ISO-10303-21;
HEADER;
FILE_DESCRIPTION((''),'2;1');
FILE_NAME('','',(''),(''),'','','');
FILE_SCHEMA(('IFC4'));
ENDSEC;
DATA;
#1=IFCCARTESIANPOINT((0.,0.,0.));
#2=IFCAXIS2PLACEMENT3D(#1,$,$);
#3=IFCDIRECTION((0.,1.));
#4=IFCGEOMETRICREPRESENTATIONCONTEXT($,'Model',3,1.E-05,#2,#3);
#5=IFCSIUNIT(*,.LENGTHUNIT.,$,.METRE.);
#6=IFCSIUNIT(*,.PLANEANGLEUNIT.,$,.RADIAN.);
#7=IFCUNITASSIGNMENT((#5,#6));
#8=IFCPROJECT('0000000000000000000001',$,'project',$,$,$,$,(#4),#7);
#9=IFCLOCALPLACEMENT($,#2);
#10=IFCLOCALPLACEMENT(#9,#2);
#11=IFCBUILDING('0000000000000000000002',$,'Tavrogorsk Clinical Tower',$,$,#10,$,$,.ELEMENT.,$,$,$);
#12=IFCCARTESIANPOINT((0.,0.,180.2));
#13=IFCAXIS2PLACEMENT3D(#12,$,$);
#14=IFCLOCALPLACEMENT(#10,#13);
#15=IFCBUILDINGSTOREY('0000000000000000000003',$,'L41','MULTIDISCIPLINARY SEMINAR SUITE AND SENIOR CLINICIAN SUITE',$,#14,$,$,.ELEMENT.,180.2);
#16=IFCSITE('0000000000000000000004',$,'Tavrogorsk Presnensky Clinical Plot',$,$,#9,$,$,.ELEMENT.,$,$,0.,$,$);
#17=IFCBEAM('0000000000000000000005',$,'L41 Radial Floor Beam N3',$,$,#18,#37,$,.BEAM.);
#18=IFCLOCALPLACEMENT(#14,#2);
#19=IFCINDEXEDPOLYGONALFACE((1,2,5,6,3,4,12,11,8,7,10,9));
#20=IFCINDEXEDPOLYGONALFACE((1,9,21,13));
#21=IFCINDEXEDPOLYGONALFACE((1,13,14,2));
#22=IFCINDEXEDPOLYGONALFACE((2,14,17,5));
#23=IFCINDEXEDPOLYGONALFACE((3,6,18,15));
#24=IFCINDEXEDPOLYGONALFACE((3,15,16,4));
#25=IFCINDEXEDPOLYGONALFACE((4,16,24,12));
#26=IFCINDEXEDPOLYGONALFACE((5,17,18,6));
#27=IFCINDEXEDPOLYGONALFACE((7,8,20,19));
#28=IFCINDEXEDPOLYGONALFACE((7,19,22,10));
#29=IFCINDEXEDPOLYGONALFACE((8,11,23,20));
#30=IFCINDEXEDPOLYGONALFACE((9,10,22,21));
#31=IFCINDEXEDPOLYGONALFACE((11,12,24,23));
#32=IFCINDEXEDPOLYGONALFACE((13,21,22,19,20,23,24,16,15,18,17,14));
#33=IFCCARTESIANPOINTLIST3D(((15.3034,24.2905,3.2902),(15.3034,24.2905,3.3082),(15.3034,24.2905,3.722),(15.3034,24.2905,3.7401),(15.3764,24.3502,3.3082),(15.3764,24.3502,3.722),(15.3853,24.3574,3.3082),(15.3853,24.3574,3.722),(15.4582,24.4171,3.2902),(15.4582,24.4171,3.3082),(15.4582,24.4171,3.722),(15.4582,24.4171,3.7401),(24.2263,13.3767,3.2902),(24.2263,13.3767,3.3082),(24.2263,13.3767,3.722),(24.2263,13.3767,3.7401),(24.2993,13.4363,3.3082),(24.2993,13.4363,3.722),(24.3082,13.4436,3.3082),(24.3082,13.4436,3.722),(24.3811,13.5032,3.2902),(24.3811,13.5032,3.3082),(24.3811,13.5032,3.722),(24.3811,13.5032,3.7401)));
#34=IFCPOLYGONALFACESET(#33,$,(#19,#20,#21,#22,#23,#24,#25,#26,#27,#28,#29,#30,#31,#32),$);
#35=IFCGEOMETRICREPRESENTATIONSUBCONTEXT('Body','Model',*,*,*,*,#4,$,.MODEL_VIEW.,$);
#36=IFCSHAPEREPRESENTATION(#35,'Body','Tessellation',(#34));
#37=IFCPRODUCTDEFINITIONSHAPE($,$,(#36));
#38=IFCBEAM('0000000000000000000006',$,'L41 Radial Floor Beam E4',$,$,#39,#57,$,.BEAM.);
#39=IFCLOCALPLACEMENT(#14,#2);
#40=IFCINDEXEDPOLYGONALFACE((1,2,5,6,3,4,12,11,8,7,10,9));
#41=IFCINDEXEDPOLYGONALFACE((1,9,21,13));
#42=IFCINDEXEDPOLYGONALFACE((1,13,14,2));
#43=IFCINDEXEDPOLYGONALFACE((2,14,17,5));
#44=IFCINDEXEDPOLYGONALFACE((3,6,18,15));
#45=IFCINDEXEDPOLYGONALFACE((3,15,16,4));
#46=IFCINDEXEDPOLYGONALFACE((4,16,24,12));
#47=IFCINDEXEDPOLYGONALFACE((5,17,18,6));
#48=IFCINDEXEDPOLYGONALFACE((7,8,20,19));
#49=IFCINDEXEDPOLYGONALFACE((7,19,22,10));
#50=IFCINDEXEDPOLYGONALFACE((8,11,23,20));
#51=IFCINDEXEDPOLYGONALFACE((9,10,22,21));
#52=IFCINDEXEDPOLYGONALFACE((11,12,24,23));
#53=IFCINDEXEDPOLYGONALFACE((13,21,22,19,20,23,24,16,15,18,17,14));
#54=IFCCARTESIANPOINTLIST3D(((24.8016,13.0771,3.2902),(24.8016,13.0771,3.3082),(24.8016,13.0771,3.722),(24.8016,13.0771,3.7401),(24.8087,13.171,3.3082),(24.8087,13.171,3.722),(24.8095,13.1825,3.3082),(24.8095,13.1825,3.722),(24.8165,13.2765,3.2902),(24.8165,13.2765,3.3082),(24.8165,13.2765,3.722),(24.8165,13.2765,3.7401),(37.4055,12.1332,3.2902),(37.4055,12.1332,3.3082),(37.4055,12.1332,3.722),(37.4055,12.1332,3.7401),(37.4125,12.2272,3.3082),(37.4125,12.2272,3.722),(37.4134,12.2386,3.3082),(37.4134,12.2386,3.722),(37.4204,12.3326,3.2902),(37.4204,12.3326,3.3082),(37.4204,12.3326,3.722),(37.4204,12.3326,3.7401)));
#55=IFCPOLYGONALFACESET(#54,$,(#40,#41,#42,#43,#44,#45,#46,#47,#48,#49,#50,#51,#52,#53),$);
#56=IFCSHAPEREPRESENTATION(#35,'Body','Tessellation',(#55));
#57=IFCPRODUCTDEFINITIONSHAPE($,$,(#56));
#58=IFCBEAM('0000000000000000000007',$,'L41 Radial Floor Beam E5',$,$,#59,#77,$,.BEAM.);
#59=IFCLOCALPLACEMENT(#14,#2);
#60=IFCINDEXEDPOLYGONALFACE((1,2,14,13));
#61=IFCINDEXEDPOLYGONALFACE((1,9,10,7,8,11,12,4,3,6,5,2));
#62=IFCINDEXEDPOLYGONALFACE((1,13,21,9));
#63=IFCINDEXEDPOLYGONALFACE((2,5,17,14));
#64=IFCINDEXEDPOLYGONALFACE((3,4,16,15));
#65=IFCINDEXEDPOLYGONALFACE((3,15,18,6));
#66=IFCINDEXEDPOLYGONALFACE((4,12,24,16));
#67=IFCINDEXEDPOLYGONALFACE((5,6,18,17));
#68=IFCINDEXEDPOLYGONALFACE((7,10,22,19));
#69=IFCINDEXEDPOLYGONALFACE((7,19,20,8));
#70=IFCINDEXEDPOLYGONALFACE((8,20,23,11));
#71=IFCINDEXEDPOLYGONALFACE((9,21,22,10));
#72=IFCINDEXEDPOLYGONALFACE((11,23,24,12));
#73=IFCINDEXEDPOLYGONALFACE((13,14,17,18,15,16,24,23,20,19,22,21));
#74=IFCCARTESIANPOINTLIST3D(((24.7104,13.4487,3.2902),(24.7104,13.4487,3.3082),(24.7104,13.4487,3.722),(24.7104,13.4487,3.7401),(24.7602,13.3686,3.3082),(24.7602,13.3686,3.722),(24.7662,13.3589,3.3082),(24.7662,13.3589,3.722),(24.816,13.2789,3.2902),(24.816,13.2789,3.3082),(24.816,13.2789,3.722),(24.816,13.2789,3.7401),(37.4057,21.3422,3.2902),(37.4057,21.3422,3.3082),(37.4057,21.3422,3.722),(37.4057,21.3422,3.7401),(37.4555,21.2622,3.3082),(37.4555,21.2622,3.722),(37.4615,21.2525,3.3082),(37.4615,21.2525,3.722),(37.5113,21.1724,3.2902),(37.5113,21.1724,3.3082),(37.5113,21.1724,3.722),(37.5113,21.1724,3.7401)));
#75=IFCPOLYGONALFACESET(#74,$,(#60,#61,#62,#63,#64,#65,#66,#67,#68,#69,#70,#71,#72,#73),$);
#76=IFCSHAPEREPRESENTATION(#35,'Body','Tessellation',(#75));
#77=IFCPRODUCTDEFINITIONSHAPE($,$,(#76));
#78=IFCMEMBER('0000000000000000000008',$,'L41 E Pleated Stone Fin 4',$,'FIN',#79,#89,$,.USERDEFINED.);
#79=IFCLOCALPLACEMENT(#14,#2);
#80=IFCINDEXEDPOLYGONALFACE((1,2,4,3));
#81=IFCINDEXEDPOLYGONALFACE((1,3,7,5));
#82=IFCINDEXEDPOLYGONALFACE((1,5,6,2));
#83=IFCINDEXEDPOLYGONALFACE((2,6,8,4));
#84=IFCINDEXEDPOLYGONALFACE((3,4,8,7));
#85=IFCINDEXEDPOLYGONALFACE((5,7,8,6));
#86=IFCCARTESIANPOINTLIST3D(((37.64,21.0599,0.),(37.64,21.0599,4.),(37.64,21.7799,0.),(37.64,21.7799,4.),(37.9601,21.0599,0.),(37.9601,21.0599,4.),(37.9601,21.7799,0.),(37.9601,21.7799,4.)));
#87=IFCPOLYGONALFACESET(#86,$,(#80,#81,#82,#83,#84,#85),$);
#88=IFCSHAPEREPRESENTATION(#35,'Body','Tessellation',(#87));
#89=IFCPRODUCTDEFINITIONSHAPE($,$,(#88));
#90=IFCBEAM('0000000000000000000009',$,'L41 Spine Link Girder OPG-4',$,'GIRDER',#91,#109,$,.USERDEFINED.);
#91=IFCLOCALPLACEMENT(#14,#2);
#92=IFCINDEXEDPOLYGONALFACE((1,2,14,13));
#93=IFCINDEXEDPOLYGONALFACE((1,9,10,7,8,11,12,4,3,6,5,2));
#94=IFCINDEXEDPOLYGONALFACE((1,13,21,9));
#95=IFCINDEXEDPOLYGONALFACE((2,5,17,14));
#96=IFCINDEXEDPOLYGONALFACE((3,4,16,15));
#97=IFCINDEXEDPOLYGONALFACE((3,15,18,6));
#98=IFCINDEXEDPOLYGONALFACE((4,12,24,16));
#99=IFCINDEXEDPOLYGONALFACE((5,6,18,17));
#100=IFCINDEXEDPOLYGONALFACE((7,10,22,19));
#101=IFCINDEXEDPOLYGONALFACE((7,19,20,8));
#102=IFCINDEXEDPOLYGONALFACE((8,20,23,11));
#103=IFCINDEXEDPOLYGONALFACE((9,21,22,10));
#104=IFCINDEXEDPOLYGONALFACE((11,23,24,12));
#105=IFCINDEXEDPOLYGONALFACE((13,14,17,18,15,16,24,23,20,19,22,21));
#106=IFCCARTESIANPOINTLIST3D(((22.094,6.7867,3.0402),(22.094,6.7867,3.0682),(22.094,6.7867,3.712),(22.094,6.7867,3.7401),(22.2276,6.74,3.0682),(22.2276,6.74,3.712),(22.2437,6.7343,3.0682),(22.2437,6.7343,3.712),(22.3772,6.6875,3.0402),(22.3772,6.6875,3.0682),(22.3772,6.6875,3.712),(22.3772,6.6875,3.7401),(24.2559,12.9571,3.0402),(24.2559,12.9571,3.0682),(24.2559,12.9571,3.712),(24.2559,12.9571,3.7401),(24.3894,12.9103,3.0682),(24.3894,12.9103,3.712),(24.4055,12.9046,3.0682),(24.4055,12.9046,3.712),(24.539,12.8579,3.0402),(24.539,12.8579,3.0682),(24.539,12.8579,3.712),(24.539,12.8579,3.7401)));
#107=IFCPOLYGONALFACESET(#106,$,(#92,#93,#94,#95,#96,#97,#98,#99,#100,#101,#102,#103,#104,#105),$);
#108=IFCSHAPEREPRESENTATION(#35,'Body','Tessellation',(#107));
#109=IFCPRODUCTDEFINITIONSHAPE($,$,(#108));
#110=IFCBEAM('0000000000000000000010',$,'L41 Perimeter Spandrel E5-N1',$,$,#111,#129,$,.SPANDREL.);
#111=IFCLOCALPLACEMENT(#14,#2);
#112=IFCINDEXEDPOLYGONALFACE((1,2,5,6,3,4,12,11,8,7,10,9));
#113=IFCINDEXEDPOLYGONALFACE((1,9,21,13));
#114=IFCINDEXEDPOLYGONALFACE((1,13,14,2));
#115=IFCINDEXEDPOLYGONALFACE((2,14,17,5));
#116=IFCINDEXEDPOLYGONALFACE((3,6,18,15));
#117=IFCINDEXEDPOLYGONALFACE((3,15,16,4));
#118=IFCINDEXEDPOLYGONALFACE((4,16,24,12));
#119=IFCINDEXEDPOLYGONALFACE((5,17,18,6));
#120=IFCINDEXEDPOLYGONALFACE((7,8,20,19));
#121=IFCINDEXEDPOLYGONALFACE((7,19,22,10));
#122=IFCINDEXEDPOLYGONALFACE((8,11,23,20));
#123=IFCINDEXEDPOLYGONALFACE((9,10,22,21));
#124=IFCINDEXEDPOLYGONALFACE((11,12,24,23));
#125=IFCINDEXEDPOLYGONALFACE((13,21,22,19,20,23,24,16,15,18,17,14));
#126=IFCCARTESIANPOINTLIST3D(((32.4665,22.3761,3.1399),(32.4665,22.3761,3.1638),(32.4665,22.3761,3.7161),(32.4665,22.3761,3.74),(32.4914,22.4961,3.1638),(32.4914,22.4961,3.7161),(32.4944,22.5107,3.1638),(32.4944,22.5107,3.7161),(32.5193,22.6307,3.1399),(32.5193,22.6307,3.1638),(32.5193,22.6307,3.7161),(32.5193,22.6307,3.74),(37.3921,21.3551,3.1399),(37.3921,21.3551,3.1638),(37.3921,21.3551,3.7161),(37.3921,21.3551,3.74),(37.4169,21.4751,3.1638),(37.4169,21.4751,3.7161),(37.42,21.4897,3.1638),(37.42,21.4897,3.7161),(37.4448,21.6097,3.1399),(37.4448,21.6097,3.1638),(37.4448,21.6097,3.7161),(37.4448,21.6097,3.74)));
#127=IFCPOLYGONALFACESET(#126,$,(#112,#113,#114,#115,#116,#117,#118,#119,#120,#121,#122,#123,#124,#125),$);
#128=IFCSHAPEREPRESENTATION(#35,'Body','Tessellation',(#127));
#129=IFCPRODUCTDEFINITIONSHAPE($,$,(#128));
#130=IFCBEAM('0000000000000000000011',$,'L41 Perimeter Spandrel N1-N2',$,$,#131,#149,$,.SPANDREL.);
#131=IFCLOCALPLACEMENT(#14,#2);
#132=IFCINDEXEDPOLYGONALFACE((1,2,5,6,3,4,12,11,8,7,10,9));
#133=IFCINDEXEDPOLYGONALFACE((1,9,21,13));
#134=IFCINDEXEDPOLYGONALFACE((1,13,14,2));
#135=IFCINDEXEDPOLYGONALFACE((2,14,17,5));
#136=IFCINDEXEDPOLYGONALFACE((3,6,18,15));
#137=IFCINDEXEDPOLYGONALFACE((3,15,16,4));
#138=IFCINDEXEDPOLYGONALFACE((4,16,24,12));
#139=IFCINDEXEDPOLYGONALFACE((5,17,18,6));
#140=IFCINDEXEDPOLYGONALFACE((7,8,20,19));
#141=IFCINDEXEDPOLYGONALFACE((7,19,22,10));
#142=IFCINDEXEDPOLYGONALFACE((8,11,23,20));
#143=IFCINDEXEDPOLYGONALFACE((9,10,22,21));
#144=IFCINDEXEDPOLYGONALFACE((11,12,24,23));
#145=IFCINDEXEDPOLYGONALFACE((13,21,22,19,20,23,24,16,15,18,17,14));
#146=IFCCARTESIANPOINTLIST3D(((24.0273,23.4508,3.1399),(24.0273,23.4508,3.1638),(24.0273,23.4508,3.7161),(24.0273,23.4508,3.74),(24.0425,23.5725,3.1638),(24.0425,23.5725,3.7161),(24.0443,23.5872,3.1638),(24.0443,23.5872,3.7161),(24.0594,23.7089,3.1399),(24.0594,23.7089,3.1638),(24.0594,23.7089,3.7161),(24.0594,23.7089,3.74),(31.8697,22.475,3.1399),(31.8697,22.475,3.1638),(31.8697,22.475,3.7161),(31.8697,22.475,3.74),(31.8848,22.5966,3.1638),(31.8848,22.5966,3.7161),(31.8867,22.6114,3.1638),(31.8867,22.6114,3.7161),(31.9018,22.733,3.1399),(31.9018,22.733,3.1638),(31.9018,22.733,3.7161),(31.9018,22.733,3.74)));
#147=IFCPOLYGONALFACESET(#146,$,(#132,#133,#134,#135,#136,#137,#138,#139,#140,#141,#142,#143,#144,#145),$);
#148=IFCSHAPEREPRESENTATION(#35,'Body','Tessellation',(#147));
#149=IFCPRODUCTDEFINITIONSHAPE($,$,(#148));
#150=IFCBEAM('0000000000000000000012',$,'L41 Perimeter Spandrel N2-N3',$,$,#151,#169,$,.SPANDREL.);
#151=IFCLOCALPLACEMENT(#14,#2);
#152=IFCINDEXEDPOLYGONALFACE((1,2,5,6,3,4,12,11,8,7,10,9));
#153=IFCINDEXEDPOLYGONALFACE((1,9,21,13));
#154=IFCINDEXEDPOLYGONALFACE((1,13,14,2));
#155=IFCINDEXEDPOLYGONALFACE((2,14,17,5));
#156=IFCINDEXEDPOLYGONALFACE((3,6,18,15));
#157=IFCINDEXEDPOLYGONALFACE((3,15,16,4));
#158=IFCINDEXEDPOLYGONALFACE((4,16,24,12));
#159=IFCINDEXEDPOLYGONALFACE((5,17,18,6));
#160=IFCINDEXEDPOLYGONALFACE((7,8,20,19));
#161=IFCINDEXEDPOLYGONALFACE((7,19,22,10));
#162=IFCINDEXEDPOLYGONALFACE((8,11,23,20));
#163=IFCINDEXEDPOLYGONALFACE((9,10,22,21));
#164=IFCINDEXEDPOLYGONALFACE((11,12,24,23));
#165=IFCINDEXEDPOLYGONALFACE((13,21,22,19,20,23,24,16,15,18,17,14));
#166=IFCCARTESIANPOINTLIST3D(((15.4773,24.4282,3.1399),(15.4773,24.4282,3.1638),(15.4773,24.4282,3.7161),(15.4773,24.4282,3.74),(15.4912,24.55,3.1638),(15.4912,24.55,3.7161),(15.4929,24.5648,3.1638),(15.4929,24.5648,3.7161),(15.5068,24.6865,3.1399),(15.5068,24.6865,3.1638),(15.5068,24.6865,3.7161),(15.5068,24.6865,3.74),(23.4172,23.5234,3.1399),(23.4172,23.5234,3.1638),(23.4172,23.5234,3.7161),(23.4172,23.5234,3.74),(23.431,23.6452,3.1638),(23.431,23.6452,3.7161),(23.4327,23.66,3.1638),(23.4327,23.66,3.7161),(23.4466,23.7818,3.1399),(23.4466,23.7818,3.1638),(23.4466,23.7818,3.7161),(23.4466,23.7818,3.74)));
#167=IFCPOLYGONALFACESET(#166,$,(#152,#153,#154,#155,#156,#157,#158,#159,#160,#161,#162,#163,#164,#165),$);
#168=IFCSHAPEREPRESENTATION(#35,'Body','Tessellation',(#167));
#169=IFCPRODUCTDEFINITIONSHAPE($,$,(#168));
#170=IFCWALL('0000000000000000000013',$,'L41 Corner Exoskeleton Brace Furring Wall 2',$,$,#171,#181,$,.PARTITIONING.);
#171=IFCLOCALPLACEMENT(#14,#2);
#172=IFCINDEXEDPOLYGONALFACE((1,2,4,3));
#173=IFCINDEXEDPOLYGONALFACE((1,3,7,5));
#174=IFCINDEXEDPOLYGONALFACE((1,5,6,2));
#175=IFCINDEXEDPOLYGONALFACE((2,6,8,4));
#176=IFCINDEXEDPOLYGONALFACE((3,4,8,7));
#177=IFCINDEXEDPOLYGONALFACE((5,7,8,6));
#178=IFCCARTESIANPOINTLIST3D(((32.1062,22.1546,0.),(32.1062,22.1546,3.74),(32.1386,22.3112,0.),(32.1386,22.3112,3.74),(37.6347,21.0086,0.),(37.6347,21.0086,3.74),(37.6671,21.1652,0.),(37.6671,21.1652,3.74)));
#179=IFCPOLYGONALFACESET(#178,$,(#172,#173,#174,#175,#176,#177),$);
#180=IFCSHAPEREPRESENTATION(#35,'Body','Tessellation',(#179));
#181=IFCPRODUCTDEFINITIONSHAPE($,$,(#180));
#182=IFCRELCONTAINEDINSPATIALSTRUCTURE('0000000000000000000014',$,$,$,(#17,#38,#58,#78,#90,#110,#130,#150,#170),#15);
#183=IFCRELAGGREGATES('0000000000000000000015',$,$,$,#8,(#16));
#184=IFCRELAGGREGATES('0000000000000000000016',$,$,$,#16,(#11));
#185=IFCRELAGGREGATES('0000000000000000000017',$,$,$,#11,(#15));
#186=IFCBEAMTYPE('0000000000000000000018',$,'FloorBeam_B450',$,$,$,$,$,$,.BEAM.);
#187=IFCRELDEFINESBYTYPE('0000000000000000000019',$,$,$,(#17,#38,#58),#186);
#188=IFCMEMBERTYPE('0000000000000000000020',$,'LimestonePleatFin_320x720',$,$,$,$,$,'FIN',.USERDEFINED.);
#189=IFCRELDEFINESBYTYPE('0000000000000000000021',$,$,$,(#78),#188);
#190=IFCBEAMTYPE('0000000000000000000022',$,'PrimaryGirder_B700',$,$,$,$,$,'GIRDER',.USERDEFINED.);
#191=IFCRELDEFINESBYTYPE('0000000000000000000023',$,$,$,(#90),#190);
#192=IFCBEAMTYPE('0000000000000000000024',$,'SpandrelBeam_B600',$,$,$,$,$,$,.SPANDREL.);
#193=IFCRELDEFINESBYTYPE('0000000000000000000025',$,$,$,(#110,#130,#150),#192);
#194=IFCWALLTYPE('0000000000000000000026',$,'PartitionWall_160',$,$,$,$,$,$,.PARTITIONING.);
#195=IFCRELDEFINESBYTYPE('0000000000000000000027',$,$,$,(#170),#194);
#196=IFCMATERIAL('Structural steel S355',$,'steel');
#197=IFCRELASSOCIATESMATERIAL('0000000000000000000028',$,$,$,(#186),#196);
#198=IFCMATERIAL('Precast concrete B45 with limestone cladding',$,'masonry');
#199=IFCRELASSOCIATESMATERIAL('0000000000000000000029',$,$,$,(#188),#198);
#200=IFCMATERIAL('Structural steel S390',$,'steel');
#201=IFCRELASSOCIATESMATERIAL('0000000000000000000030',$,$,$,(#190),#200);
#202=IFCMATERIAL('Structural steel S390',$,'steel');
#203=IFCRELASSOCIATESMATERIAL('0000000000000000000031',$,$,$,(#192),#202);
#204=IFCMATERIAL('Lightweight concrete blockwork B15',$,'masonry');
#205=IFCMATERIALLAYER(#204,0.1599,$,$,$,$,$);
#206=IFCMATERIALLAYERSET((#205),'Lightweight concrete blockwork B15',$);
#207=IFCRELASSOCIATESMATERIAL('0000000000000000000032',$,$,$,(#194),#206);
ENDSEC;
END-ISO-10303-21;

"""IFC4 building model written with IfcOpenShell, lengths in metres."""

from ifc_helpers import new_model, si_unit, direction, frame, frame_2d, origin, origin_2d, place, context, subcontext, project, spatial, rectangle, i_section, extrude, material, layer, layer_set, material_profile, profile_set, type_object, element, save


model = new_model("IFC4")

# Units and contexts
model_context = context("Model", 3, precision=1e-05, world=origin(), true_north=direction((0.0, 1.0)))
body_context = subcontext(model_context, "Body", "Model", "MODEL_VIEW")
ifc_project = project(units=[si_unit("LENGTHUNIT", "METRE"), si_unit("PLANEANGLEUNIT", "RADIAN")], contexts=[model_context])

# Site, building, storey
site_placement = place(None, origin())
site = spatial("IfcSite", under=ifc_project, at=site_placement, Name="Tavrogorsk Presnensky Clinical Plot", CompositionType="ELEMENT", RefElevation=0.0)
building_placement = place(site_placement, origin())
building = spatial("IfcBuilding", under=site, at=building_placement, Name="Tavrogorsk Clinical Tower", CompositionType="ELEMENT")
storey_placement = place(building_placement, frame((0.0, 0.0, 180.2)))
storey = spatial("IfcBuildingStorey", under=building, at=storey_placement, Name="L41", Description="MULTIDISCIPLINARY SEMINAR SUITE AND SENIOR CLINICIAN SUITE", CompositionType="ELEMENT", Elevation=180.2)

# Beams
ifc_material_1 = material(Name="Structural steel S355", Category="steel")
ifc_material_profile_1 = material_profile(ifc_material_1, i_section(OverallWidth=0.2, OverallDepth=0.45, WebThickness=0.0115, FlangeThickness=0.0181, at=origin_2d()), Name="B-450x200x11.5x18")
ifc_profile_set_1 = profile_set([ifc_material_profile_1], Name="Structural steel S355")
beam_type_1 = type_object("IfcBeamType", Name="FloorBeam_B450", PredefinedType="BEAM", material=ifc_profile_set_1)
beam_1_placement = place(storey_placement, frame((24.3037, 13.4399, 3.5151), z_axis=(-0.632956, 0.774188, 0.0), x_axis=(-0.774188, -0.632956, 0.0)))
element("IfcBeam", 1, at=beam_1_placement, inside=storey, type_object=beam_type_1, Name="L41 Radial Floor Beam N3", PredefinedType="BEAM", context=body_context, shape_type="SweptSolid", body=[
    extrude(i_section(OverallWidth=0.2, OverallDepth=0.45, WebThickness=0.0115, FlangeThickness=0.0181, at=origin_2d()), origin(), (0.0, 0.0, 1.0), 14.0972),
])
beam_2_placement = place(storey_placement, frame((24.8091, 13.1768, 3.5151), z_axis=(0.997208, -0.074677, 0.0), x_axis=(0.074677, 0.997208, 0.0)))
element("IfcBeam", 2, at=beam_2_placement, inside=storey, type_object=beam_type_1, Name="L41 Radial Floor Beam E4", PredefinedType="BEAM", context=body_context, shape_type="SweptSolid", body=[
    extrude(i_section(OverallWidth=0.2, OverallDepth=0.45, WebThickness=0.0115, FlangeThickness=0.0181, at=origin_2d()), origin(), (0.0, 0.0, 1.0), 12.6392),
])
beam_3_placement = place(storey_placement, frame((24.7632, 13.3638, 3.5151), z_axis=(0.849229, 0.528025, 0.0), x_axis=(-0.528025, 0.849229, 0.0)))
element("IfcBeam", 3, at=beam_3_placement, inside=storey, type_object=beam_type_1, Name="L41 Radial Floor Beam E5", PredefinedType="BEAM", context=body_context, shape_type="SweptSolid", body=[
    extrude(i_section(OverallWidth=0.2, OverallDepth=0.45, WebThickness=0.0115, FlangeThickness=0.0181, at=origin_2d()), origin(), (0.0, 0.0, 1.0), 14.9492),
])

# Member
ifc_material_2 = material(Name="Precast concrete B45 with limestone cladding", Category="masonry")
ifc_material_profile_2 = material_profile(ifc_material_2, rectangle(XDim=0.3201, YDim=0.72, at=origin_2d()), Name="LIMESTONE-FIN-320x720")
ifc_profile_set_2 = profile_set([ifc_material_profile_2], Name="Precast concrete B45 with limestone cladding")
member_type_1 = type_object("IfcMemberType", Name="LimestonePleatFin_320x720", ElementType="FIN", PredefinedType="USERDEFINED", material=ifc_profile_set_2)
member_1_placement = place(storey_placement, frame((37.8, 21.4199, 0.0), z_axis=(0.0, 0.0, 1.0), x_axis=(1.0, 0.0, 0.0)))
element("IfcMember", 4, at=member_1_placement, inside=storey, type_object=member_type_1, Name="L41 E Pleated Stone Fin 4", ObjectType="FIN", PredefinedType="USERDEFINED", context=body_context, shape_type="SweptSolid", body=[
    extrude(rectangle(XDim=0.3201, YDim=0.72, at=origin_2d()), origin(), (0.0, 0.0, 1.0), 4.0),
])

# Beams
ifc_material_3 = material(Name="Structural steel S390", Category="steel")
ifc_material_profile_3 = material_profile(ifc_material_3, i_section(OverallWidth=0.3, OverallDepth=0.7, WebThickness=0.0171, FlangeThickness=0.0281, at=origin_2d()), Name="B-700x300x17x28")
ifc_profile_set_3 = profile_set([ifc_material_profile_3], Name="Structural steel S390")
beam_type_2 = type_object("IfcBeamType", Name="PrimaryGirder_B700", ElementType="GIRDER", PredefinedType="USERDEFINED", material=ifc_profile_set_3)
beam_4_placement = place(storey_placement, frame((24.3975, 12.9075, 3.3901), z_axis=(-0.330653, -0.943752, 0.0), x_axis=(0.943752, -0.330653, 0.0)))
element("IfcBeam", 5, at=beam_4_placement, inside=storey, type_object=beam_type_2, Name="L41 Spine Link Girder OPG-4", ObjectType="GIRDER", PredefinedType="USERDEFINED", context=body_context, shape_type="SweptSolid", body=[
    extrude(i_section(OverallWidth=0.3, OverallDepth=0.7, WebThickness=0.0171, FlangeThickness=0.0281, at=origin_2d()), origin(), (0.0, 0.0, 1.0), 6.5381),
])
ifc_material_4 = material(Name="Structural steel S390", Category="steel")
ifc_material_profile_4 = material_profile(ifc_material_4, i_section(OverallWidth=0.26, OverallDepth=0.6001, WebThickness=0.0149, FlangeThickness=0.0239, at=origin_2d()), Name="B-600x260x15x24")
ifc_profile_set_4 = profile_set([ifc_material_profile_4], Name="Structural steel S390")
beam_type_3 = type_object("IfcBeamType", Name="SpandrelBeam_B600", PredefinedType="SPANDREL", material=ifc_profile_set_4)
beam_5_placement = place(storey_placement, frame((37.4185, 21.4824, 3.4399), z_axis=(-0.979185, 0.202972, 0.0), x_axis=(-0.202972, -0.979185, 0.0)))
element("IfcBeam", 6, at=beam_5_placement, inside=storey, type_object=beam_type_3, Name="L41 Perimeter Spandrel E5-N1", PredefinedType="SPANDREL", context=body_context, shape_type="SweptSolid", body=[
    extrude(i_section(OverallWidth=0.26, OverallDepth=0.6001, WebThickness=0.0149, FlangeThickness=0.0239, at=origin_2d()), origin(), (0.0, 0.0, 1.0), 5.0303),
])
beam_6_placement = place(storey_placement, frame((31.8857, 22.604, 3.4399), z_axis=(-0.992347, 0.12348, 0.0), x_axis=(-0.12348, -0.992347, 0.0)))
element("IfcBeam", 7, at=beam_6_placement, inside=storey, type_object=beam_type_3, Name="L41 Perimeter Spandrel N1-N2", PredefinedType="SPANDREL", context=body_context, shape_type="SweptSolid", body=[
    extrude(i_section(OverallWidth=0.26, OverallDepth=0.6001, WebThickness=0.0149, FlangeThickness=0.0239, at=origin_2d()), origin(), (0.0, 0.0, 1.0), 7.9028),
])
beam_7_placement = place(storey_placement, frame((23.4319, 23.6526, 3.4399), z_axis=(-0.99357, 0.113221, 0.0), x_axis=(-0.113221, -0.99357, 0.0)))
element("IfcBeam", 8, at=beam_7_placement, inside=storey, type_object=beam_type_3, Name="L41 Perimeter Spandrel N2-N3", PredefinedType="SPANDREL", context=body_context, shape_type="SweptSolid", body=[
    extrude(i_section(OverallWidth=0.26, OverallDepth=0.6001, WebThickness=0.0149, FlangeThickness=0.0239, at=origin_2d()), origin(), (0.0, 0.0, 1.0), 7.9912),
])

# Wall
ifc_material_5 = material(Name="Lightweight concrete blockwork B15", Category="masonry")
ifc_layer_1 = layer(ifc_material_5, 0.1599)
ifc_layer_set_1 = layer_set([ifc_layer_1], Name="Lightweight concrete blockwork B15")
wall_type_1 = type_object("IfcWallType", Name="PartitionWall_160", PredefinedType="PARTITIONING", material=ifc_layer_set_1)
wall_1_placement = place(storey_placement, frame((37.6509, 21.0869, 0.0), z_axis=(0.0, 0.0, 1.0), x_axis=(-0.979185, 0.202972, 0.0)))
element("IfcWall", 9, at=wall_1_placement, inside=storey, type_object=wall_type_1, Name="L41 Corner Exoskeleton Brace Furring Wall 2", PredefinedType="PARTITIONING", context=body_context, shape_type="SweptSolid", body=[
    extrude(rectangle(XDim=5.646, YDim=0.1599, at=frame_2d((2.823, 0.0))), origin(), (0.0, 0.0, 1.0), 3.74),
])

save(model, "model.ifc")
